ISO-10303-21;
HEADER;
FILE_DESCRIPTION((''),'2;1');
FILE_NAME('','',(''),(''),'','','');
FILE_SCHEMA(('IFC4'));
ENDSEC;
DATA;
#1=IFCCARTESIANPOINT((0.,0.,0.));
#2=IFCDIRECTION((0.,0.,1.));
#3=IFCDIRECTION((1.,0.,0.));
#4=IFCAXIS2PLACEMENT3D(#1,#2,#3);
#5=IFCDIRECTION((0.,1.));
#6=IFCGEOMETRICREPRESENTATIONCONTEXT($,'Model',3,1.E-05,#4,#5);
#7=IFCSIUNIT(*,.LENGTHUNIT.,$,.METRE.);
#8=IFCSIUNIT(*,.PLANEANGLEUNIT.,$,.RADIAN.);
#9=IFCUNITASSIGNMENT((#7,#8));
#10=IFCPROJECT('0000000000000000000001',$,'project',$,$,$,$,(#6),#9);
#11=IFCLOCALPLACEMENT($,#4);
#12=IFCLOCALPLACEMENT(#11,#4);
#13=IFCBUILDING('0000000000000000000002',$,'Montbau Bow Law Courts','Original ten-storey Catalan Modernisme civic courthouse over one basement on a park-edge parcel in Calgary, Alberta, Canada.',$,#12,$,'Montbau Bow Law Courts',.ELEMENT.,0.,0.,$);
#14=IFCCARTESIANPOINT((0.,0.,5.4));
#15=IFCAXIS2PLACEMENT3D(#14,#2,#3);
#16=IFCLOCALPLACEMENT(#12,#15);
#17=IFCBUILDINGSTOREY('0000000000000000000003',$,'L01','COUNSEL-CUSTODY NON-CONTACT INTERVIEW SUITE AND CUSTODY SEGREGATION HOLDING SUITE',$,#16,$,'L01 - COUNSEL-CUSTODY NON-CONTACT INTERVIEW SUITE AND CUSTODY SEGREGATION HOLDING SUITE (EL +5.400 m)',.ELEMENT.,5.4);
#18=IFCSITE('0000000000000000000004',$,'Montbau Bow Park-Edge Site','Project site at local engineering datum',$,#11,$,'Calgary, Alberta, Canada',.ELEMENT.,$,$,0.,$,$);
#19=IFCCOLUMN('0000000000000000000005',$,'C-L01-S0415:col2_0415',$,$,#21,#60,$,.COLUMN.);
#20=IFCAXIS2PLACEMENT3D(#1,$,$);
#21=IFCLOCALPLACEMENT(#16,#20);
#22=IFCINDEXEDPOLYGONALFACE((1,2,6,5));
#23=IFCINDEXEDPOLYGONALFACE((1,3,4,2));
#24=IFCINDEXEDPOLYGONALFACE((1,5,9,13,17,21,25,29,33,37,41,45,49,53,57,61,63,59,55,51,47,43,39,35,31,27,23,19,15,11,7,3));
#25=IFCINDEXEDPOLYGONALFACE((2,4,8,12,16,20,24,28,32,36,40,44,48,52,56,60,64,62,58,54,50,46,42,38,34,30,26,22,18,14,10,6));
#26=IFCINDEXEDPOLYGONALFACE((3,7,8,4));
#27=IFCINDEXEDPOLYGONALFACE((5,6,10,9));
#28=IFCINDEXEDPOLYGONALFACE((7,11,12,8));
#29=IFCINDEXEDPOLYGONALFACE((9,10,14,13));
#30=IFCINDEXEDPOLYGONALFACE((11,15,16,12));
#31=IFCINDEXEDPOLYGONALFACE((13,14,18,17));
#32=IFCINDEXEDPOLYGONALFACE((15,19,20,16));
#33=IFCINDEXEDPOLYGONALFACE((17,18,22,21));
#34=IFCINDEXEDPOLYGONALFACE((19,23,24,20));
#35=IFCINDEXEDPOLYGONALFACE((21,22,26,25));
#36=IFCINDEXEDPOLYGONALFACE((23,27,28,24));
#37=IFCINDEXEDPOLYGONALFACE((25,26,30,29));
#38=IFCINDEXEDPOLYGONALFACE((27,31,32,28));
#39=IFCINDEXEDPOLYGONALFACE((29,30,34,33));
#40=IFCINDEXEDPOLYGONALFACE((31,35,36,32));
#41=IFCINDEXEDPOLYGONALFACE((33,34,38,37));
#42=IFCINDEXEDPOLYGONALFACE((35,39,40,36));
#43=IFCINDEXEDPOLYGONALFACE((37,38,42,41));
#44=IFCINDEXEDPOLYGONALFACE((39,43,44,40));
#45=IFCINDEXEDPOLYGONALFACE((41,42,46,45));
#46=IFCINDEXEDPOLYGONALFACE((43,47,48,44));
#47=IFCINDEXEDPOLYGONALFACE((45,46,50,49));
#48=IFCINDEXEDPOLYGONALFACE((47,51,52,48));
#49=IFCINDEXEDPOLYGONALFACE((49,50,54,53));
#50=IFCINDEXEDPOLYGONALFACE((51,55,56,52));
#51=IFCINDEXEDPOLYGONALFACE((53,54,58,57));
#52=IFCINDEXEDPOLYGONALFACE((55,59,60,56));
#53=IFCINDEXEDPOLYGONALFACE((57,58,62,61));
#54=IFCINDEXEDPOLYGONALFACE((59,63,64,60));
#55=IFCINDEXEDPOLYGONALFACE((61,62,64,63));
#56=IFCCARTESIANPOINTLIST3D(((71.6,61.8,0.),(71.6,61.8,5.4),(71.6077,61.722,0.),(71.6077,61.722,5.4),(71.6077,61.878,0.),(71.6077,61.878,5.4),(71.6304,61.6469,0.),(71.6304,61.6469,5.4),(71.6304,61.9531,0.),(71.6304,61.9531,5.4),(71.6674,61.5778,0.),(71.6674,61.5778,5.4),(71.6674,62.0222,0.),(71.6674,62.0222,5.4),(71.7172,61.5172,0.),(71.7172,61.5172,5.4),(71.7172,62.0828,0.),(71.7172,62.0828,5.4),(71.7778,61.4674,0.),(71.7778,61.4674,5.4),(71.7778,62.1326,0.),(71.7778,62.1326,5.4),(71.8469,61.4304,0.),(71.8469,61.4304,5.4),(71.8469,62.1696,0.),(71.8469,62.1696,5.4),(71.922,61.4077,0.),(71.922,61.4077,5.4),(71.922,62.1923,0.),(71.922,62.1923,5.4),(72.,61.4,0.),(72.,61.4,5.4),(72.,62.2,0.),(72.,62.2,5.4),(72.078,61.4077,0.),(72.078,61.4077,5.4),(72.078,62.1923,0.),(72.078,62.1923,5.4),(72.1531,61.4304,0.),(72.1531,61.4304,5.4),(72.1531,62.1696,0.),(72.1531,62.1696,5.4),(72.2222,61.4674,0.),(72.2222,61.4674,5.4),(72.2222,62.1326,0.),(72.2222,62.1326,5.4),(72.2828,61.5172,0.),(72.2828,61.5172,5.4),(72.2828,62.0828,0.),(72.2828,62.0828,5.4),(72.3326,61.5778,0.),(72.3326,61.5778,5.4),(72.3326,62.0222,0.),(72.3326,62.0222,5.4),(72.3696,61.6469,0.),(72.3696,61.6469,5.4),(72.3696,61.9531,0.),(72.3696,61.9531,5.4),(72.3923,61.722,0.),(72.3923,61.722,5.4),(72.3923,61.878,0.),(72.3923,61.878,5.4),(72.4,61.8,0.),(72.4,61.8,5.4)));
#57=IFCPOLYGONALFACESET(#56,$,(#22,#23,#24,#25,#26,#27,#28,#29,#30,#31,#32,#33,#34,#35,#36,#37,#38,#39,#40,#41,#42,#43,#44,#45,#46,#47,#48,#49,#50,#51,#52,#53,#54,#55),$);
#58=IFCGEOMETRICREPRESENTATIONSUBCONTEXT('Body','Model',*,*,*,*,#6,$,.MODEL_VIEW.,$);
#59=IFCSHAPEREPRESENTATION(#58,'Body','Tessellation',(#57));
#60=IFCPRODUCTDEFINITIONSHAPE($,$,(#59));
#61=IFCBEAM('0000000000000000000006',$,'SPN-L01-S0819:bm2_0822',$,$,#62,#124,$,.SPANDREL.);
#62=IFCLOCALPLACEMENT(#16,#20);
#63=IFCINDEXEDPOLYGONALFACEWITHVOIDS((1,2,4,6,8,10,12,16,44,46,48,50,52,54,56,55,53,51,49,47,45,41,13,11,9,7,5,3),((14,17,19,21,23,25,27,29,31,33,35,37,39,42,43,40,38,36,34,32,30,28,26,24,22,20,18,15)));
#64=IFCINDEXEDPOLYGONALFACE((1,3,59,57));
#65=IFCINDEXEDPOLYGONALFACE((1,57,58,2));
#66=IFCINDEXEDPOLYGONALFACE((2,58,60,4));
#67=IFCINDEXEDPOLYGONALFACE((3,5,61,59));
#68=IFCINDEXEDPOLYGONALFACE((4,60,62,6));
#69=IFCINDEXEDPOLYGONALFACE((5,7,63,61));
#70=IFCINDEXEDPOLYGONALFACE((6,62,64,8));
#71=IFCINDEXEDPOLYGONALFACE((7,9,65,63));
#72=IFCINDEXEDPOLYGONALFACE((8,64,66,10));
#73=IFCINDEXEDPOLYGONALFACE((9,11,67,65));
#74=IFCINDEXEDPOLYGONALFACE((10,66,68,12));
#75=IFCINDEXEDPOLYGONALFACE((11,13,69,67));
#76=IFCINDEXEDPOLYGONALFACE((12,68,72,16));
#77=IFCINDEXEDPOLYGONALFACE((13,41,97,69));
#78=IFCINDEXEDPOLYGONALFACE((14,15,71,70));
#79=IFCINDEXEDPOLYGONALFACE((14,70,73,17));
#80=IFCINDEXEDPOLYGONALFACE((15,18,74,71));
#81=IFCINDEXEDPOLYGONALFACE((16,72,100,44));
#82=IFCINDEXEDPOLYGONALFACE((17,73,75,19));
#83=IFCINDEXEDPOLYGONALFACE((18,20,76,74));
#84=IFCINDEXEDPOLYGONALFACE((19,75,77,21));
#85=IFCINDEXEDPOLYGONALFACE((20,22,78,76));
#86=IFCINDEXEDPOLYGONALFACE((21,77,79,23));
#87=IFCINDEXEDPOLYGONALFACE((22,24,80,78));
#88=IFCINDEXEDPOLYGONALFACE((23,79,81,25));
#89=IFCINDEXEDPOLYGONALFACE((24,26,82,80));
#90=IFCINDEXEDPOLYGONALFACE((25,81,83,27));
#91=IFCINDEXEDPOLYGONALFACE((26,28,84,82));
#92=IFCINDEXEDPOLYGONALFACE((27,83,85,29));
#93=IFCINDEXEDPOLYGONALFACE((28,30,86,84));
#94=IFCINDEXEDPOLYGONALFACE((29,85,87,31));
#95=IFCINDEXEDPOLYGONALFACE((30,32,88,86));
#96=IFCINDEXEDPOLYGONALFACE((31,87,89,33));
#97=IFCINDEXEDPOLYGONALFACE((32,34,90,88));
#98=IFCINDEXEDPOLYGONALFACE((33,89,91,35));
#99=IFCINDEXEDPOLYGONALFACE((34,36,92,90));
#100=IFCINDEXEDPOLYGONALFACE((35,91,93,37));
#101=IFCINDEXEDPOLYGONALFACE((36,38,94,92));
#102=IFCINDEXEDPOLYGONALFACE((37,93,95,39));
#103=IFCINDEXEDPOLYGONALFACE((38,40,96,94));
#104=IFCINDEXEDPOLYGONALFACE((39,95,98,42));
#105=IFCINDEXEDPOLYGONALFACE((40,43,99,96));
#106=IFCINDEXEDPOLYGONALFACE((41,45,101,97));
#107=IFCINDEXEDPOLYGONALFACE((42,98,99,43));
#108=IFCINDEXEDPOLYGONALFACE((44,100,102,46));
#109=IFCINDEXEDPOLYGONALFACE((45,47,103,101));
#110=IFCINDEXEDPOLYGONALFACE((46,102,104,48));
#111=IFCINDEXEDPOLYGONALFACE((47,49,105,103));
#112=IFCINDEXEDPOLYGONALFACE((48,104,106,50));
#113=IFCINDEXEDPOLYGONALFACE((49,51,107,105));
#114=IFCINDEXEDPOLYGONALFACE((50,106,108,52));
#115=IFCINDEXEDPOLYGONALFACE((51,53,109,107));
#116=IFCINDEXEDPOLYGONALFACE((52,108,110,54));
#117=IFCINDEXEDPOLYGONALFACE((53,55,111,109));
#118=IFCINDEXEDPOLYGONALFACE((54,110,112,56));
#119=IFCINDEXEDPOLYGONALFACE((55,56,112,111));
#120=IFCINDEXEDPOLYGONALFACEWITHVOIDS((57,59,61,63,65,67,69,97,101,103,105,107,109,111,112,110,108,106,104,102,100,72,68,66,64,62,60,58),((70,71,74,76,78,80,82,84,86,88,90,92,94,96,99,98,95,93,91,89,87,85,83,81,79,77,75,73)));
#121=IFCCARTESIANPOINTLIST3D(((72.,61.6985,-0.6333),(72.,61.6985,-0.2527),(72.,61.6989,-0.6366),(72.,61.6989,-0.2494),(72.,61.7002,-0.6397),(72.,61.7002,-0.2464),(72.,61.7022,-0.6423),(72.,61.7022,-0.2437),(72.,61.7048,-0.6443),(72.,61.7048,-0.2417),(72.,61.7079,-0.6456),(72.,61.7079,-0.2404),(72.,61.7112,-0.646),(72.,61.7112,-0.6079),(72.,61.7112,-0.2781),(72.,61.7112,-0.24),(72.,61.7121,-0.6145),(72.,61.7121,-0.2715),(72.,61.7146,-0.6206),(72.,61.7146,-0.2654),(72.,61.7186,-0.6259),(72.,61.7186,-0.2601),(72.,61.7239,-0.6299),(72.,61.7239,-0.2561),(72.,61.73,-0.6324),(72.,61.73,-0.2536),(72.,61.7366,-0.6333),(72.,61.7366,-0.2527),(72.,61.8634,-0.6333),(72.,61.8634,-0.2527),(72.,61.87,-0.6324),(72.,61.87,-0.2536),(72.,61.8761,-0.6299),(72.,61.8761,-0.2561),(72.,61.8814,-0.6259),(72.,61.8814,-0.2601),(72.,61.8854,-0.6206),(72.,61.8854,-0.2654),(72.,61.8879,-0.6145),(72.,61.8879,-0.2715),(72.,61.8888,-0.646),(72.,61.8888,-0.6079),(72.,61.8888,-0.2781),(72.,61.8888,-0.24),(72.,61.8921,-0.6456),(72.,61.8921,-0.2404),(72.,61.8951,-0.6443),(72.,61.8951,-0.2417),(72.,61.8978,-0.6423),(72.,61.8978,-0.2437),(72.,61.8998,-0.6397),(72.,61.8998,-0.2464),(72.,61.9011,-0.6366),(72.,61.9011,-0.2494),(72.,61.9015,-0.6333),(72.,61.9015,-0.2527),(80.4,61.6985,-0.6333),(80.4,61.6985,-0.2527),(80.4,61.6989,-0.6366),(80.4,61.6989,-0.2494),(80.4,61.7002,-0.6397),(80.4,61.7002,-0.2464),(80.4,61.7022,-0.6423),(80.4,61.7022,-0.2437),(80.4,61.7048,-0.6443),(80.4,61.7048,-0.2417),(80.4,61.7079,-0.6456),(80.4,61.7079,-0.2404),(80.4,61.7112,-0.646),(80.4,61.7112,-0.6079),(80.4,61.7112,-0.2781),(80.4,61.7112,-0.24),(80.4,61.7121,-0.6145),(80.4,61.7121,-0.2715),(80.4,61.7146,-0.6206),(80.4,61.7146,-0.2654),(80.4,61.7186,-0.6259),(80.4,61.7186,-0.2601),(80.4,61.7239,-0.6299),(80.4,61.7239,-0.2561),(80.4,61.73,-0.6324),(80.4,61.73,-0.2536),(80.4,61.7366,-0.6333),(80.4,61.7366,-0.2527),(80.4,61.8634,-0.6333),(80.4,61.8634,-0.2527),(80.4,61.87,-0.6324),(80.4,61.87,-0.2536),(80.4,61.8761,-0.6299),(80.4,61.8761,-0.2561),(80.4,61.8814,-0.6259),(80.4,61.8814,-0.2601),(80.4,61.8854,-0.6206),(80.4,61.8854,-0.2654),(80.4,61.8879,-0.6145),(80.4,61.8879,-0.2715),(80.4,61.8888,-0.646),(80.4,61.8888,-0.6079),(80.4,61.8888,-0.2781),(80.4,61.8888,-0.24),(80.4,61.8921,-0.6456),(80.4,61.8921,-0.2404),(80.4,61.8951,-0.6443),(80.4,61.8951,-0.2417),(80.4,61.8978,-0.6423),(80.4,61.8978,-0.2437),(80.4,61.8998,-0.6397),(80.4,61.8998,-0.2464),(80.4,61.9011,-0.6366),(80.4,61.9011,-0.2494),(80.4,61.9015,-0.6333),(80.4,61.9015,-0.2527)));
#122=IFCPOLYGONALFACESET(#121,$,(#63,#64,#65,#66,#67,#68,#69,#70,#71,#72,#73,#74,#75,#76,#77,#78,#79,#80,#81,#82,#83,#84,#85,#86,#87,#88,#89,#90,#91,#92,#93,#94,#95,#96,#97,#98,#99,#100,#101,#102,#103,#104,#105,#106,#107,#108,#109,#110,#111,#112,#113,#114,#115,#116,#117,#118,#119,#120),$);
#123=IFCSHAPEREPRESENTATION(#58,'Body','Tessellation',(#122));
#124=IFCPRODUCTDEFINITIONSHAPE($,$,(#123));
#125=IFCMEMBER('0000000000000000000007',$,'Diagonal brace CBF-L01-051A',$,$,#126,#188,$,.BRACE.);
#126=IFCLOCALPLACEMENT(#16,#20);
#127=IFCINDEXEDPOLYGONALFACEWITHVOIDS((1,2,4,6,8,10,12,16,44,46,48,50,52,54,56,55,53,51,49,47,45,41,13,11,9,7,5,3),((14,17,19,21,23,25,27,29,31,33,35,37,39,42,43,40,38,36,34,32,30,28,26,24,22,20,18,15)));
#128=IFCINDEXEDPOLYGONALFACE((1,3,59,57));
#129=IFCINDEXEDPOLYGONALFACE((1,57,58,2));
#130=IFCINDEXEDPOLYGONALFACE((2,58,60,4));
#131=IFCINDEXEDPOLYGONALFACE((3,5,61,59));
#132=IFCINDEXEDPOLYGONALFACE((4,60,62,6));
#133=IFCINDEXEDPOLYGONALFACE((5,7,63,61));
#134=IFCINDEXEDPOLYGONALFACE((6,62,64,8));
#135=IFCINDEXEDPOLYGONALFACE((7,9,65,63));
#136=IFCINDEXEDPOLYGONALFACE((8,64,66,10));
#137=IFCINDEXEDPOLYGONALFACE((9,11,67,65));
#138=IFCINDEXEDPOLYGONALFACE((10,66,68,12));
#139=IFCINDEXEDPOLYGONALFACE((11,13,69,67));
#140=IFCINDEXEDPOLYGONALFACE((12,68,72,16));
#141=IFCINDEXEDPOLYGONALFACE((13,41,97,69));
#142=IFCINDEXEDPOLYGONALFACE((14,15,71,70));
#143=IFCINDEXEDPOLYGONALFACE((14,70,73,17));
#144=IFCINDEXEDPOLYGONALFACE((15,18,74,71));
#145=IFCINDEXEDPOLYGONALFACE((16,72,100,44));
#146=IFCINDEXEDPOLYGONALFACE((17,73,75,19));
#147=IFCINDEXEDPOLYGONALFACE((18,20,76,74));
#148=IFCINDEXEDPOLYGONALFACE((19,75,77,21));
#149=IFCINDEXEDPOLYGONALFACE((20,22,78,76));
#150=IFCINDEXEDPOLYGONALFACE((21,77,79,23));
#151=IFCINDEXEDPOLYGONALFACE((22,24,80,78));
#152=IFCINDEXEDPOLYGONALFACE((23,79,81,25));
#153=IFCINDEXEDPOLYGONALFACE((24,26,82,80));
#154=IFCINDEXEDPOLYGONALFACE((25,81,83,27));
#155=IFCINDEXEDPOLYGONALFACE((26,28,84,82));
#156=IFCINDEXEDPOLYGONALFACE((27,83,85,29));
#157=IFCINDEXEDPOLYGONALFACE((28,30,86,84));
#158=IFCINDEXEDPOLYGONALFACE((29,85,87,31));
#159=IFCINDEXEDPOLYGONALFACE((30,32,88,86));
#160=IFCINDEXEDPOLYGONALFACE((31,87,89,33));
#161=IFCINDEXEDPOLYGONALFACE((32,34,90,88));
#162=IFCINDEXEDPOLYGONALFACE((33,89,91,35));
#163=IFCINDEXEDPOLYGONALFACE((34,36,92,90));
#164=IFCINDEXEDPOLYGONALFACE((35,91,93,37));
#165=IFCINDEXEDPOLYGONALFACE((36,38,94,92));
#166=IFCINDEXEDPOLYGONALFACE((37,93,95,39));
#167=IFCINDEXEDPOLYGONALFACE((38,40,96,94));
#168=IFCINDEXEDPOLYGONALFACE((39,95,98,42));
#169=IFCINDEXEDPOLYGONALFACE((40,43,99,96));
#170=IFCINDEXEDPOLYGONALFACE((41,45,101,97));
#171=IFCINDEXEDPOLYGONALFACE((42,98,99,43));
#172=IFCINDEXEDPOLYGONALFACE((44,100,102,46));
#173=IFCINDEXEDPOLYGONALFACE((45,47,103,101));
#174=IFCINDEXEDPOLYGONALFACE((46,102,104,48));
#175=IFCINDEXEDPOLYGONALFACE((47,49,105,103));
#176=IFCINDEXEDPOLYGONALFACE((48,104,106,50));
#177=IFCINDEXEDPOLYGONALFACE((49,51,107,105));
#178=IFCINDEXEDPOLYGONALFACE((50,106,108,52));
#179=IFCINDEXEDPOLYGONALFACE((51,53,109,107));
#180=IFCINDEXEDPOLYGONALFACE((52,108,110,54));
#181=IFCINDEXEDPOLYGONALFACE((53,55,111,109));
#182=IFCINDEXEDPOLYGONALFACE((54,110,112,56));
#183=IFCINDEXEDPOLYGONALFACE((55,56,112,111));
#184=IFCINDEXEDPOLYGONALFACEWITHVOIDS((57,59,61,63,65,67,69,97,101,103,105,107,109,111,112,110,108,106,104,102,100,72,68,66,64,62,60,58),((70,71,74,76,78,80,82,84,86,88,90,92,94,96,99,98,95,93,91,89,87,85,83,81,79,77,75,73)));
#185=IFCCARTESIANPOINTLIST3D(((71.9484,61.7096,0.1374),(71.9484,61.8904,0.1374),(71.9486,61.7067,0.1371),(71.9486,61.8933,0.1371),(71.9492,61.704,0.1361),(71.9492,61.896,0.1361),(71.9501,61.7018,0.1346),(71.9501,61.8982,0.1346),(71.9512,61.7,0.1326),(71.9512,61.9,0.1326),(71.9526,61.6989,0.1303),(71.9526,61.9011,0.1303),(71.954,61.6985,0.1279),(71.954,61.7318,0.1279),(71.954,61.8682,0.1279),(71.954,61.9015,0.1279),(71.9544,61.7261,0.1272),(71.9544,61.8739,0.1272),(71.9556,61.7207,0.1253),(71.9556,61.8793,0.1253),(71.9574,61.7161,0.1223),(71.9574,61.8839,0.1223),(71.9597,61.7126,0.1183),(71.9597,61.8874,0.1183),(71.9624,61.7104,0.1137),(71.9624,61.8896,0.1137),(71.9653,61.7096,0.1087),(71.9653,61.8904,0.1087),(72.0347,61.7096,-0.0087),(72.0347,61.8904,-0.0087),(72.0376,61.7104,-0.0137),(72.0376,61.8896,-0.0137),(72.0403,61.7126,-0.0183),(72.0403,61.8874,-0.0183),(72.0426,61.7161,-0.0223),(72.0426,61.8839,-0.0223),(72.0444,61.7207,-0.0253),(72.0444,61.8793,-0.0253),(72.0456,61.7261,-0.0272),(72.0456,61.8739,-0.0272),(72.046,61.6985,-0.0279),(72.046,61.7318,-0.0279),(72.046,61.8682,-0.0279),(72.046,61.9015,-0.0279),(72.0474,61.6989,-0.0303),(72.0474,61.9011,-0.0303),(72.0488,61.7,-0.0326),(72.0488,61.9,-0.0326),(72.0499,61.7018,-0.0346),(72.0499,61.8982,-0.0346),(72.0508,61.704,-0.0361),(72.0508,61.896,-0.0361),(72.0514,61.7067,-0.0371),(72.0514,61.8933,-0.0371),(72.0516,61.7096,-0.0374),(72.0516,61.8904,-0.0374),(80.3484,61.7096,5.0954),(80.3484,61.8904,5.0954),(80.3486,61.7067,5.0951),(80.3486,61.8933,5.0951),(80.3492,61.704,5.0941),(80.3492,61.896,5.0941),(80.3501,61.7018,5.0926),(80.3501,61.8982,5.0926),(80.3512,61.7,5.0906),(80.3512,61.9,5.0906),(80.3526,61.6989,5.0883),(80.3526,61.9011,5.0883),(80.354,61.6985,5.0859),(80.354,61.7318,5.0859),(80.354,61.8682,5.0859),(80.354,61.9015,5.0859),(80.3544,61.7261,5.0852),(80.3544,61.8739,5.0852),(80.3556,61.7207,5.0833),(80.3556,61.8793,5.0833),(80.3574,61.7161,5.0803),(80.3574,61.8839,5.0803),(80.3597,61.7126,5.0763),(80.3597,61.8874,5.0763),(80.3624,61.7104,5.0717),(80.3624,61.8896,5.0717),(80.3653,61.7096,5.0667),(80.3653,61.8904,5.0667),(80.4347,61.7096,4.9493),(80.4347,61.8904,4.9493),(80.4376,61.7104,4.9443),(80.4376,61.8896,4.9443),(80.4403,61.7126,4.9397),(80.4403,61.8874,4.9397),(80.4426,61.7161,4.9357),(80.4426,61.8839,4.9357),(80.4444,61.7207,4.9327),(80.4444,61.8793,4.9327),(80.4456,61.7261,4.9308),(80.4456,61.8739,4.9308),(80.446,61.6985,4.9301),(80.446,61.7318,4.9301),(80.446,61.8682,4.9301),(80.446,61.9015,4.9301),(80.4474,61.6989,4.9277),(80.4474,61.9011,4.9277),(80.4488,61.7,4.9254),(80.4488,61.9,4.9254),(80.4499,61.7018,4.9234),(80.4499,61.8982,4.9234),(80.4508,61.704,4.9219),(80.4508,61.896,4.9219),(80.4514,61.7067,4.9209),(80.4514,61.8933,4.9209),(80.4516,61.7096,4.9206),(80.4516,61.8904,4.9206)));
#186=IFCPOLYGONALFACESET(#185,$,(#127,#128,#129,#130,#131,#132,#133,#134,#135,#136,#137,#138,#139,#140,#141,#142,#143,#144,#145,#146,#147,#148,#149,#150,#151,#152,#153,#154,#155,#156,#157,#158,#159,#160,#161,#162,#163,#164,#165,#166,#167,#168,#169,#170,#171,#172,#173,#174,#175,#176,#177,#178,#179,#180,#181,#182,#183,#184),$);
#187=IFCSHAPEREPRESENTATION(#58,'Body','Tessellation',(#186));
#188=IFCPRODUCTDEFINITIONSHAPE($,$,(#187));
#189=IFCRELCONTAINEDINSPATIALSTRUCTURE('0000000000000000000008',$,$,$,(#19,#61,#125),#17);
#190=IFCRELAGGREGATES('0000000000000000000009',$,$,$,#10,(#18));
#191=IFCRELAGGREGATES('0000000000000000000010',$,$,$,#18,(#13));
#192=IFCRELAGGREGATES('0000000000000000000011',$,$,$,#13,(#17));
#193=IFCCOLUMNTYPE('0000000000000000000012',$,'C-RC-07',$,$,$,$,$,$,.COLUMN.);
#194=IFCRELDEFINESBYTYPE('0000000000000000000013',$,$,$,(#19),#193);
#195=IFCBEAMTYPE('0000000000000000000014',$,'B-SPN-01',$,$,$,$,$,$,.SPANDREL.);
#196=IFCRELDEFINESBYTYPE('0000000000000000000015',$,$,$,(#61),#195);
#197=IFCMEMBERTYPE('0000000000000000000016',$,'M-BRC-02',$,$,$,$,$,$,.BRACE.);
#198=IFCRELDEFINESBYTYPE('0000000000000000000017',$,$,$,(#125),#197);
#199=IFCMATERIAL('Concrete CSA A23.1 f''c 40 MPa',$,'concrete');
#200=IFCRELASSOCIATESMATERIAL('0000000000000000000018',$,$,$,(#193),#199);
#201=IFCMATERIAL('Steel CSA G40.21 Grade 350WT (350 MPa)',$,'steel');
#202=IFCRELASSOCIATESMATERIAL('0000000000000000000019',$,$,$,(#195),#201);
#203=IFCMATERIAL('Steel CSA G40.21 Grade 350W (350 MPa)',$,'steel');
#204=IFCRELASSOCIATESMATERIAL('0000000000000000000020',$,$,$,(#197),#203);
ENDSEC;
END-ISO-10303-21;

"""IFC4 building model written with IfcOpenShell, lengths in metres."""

from ifc_helpers import new_model, si_unit, direction, frame, origin_with_axes, origin_2d_with_axis, place, context, subcontext, project, spatial, hollow_rectangle, circle, extrude, material, material_profile, profile_set, type_object, element, save


model = new_model("IFC4")

# Units and contexts
model_context = context("Model", 3, precision=1e-05, world=origin_with_axes(), true_north=direction((0.0, 1.0)))
body_context = subcontext(model_context, "Body", "Model", "MODEL_VIEW")
ifc_project = project(units=[si_unit("LENGTHUNIT", "METRE"), si_unit("PLANEANGLEUNIT", "RADIAN")], contexts=[model_context])

# Site, building, storey
site_placement = place(None, origin_with_axes())
site = spatial("IfcSite", under=ifc_project, at=site_placement, Name="Montbau Bow Park-Edge Site", Description="Project site at local engineering datum", LongName="Calgary, Alberta, Canada", CompositionType="ELEMENT", RefElevation=0.0)
building_placement = place(site_placement, origin_with_axes())
building = spatial("IfcBuilding", under=site, at=building_placement, Name="Montbau Bow Law Courts", Description="Original ten-storey Catalan Modernisme civic courthouse over one basement on a park-edge parcel in Calgary, Alberta, Canada.", LongName="Montbau Bow Law Courts", CompositionType="ELEMENT", ElevationOfRefHeight=0.0, ElevationOfTerrain=0.0)
storey_placement = place(building_placement, frame((0.0, 0.0, 5.4), z_axis=(0.0, 0.0, 1.0), x_axis=(1.0, 0.0, 0.0)))
storey = spatial("IfcBuildingStorey", under=building, at=storey_placement, Name="L01", Description="COUNSEL-CUSTODY NON-CONTACT INTERVIEW SUITE AND CUSTODY SEGREGATION HOLDING SUITE", LongName="L01 - COUNSEL-CUSTODY NON-CONTACT INTERVIEW SUITE AND CUSTODY SEGREGATION HOLDING SUITE (EL +5.400 m)", CompositionType="ELEMENT", Elevation=5.4)

# Column
ifc_material_1 = material(Name="Concrete CSA A23.1 f'c 40 MPa", Category="concrete")
ifc_material_profile_1 = material_profile(ifc_material_1, circle(Radius=0.4, at=origin_2d_with_axis()), Name="RC800D", Category="Main", Priority=0)
ifc_profile_set_1 = profile_set([ifc_material_profile_1], Name="Concrete CSA A23.1 f'c 40 MPa")
column_type = type_object("IfcColumnType", Name="C-RC-07", PredefinedType="COLUMN", material=ifc_profile_set_1)
column_placement = place(None, frame((72.0, 61.8, 5.4), z_axis=(0.0, 0.0, 1.0), x_axis=(1.0, 0.0, 0.0)))
element("IfcColumn", 1, at=column_placement, inside=storey, type_object=column_type, Name="C-L01-S0415:col2_0415", PredefinedType="COLUMN", context=body_context, shape_type="SweptSolid", body=[
    extrude(circle(Radius=0.4, at=origin_2d_with_axis()), origin_with_axes(), (0.0, 0.0, 1.0), 5.4),
])

# Beam
ifc_material_2 = material(Name="Steel CSA G40.21 Grade 350WT (350 MPa)", Category="steel")
ifc_material_profile_2 = material_profile(ifc_material_2, hollow_rectangle(XDim=0.203, YDim=0.406, WallThickness=0.0127, InnerFilletRadius=0.0254, OuterFilletRadius=0.0127, at=origin_2d_with_axis()), Name="HSS406X203X13", Category="Main", Priority=0)
ifc_profile_set_2 = profile_set([ifc_material_profile_2], Name="Steel CSA G40.21 Grade 350WT (350 MPa)")
beam_type = type_object("IfcBeamType", Name="B-SPN-01", PredefinedType="SPANDREL", material=ifc_profile_set_2)
beam_placement = place(None, frame((72.0, 61.8, 4.957), z_axis=(1.0, 0.0, 0.0), x_axis=(0.0, 1.0, 0.0)))
element("IfcBeam", 2, at=beam_placement, inside=storey, type_object=beam_type, Name="SPN-L01-S0819:bm2_0822", PredefinedType="SPANDREL", context=body_context, shape_type="SweptSolid", body=[
    extrude(hollow_rectangle(XDim=0.203, YDim=0.406, WallThickness=0.0127, InnerFilletRadius=0.0254, OuterFilletRadius=0.0127, at=origin_2d_with_axis()), origin_with_axes(), (0.0, 0.0, 1.0), 8.4),
])

# Member
ifc_material_3 = material(Name="Steel CSA G40.21 Grade 350W (350 MPa)", Category="steel")
ifc_material_profile_3 = material_profile(ifc_material_3, hollow_rectangle(XDim=0.203, YDim=0.203, WallThickness=0.0111, InnerFilletRadius=0.0222, OuterFilletRadius=0.0111, at=origin_2d_with_axis()), Name="HSS203X203X11", Category="Main", Priority=0)
ifc_profile_set_3 = profile_set([ifc_material_profile_3], Name="Steel CSA G40.21 Grade 350W (350 MPa)")
member_type = type_object("IfcMemberType", Name="M-BRC-02", PredefinedType="BRACE", material=ifc_profile_set_3)
member_placement = place(None, frame((72.0, 61.8, 5.45), z_axis=(0.86118, 0.0, 0.508301), x_axis=(0.0, 1.0, 0.0)))
element("IfcMember", 3, at=member_placement, inside=storey, type_object=member_type, Name="Diagonal brace CBF-L01-051A", PredefinedType="BRACE", context=body_context, shape_type="SweptSolid", body=[
    extrude(hollow_rectangle(XDim=0.203, YDim=0.203, WallThickness=0.0111, InnerFilletRadius=0.0222, OuterFilletRadius=0.0111, at=origin_2d_with_axis()), origin_with_axes(), (0.0, 0.0, 1.0), 9.7541),
])

save(model, "model.ifc")
